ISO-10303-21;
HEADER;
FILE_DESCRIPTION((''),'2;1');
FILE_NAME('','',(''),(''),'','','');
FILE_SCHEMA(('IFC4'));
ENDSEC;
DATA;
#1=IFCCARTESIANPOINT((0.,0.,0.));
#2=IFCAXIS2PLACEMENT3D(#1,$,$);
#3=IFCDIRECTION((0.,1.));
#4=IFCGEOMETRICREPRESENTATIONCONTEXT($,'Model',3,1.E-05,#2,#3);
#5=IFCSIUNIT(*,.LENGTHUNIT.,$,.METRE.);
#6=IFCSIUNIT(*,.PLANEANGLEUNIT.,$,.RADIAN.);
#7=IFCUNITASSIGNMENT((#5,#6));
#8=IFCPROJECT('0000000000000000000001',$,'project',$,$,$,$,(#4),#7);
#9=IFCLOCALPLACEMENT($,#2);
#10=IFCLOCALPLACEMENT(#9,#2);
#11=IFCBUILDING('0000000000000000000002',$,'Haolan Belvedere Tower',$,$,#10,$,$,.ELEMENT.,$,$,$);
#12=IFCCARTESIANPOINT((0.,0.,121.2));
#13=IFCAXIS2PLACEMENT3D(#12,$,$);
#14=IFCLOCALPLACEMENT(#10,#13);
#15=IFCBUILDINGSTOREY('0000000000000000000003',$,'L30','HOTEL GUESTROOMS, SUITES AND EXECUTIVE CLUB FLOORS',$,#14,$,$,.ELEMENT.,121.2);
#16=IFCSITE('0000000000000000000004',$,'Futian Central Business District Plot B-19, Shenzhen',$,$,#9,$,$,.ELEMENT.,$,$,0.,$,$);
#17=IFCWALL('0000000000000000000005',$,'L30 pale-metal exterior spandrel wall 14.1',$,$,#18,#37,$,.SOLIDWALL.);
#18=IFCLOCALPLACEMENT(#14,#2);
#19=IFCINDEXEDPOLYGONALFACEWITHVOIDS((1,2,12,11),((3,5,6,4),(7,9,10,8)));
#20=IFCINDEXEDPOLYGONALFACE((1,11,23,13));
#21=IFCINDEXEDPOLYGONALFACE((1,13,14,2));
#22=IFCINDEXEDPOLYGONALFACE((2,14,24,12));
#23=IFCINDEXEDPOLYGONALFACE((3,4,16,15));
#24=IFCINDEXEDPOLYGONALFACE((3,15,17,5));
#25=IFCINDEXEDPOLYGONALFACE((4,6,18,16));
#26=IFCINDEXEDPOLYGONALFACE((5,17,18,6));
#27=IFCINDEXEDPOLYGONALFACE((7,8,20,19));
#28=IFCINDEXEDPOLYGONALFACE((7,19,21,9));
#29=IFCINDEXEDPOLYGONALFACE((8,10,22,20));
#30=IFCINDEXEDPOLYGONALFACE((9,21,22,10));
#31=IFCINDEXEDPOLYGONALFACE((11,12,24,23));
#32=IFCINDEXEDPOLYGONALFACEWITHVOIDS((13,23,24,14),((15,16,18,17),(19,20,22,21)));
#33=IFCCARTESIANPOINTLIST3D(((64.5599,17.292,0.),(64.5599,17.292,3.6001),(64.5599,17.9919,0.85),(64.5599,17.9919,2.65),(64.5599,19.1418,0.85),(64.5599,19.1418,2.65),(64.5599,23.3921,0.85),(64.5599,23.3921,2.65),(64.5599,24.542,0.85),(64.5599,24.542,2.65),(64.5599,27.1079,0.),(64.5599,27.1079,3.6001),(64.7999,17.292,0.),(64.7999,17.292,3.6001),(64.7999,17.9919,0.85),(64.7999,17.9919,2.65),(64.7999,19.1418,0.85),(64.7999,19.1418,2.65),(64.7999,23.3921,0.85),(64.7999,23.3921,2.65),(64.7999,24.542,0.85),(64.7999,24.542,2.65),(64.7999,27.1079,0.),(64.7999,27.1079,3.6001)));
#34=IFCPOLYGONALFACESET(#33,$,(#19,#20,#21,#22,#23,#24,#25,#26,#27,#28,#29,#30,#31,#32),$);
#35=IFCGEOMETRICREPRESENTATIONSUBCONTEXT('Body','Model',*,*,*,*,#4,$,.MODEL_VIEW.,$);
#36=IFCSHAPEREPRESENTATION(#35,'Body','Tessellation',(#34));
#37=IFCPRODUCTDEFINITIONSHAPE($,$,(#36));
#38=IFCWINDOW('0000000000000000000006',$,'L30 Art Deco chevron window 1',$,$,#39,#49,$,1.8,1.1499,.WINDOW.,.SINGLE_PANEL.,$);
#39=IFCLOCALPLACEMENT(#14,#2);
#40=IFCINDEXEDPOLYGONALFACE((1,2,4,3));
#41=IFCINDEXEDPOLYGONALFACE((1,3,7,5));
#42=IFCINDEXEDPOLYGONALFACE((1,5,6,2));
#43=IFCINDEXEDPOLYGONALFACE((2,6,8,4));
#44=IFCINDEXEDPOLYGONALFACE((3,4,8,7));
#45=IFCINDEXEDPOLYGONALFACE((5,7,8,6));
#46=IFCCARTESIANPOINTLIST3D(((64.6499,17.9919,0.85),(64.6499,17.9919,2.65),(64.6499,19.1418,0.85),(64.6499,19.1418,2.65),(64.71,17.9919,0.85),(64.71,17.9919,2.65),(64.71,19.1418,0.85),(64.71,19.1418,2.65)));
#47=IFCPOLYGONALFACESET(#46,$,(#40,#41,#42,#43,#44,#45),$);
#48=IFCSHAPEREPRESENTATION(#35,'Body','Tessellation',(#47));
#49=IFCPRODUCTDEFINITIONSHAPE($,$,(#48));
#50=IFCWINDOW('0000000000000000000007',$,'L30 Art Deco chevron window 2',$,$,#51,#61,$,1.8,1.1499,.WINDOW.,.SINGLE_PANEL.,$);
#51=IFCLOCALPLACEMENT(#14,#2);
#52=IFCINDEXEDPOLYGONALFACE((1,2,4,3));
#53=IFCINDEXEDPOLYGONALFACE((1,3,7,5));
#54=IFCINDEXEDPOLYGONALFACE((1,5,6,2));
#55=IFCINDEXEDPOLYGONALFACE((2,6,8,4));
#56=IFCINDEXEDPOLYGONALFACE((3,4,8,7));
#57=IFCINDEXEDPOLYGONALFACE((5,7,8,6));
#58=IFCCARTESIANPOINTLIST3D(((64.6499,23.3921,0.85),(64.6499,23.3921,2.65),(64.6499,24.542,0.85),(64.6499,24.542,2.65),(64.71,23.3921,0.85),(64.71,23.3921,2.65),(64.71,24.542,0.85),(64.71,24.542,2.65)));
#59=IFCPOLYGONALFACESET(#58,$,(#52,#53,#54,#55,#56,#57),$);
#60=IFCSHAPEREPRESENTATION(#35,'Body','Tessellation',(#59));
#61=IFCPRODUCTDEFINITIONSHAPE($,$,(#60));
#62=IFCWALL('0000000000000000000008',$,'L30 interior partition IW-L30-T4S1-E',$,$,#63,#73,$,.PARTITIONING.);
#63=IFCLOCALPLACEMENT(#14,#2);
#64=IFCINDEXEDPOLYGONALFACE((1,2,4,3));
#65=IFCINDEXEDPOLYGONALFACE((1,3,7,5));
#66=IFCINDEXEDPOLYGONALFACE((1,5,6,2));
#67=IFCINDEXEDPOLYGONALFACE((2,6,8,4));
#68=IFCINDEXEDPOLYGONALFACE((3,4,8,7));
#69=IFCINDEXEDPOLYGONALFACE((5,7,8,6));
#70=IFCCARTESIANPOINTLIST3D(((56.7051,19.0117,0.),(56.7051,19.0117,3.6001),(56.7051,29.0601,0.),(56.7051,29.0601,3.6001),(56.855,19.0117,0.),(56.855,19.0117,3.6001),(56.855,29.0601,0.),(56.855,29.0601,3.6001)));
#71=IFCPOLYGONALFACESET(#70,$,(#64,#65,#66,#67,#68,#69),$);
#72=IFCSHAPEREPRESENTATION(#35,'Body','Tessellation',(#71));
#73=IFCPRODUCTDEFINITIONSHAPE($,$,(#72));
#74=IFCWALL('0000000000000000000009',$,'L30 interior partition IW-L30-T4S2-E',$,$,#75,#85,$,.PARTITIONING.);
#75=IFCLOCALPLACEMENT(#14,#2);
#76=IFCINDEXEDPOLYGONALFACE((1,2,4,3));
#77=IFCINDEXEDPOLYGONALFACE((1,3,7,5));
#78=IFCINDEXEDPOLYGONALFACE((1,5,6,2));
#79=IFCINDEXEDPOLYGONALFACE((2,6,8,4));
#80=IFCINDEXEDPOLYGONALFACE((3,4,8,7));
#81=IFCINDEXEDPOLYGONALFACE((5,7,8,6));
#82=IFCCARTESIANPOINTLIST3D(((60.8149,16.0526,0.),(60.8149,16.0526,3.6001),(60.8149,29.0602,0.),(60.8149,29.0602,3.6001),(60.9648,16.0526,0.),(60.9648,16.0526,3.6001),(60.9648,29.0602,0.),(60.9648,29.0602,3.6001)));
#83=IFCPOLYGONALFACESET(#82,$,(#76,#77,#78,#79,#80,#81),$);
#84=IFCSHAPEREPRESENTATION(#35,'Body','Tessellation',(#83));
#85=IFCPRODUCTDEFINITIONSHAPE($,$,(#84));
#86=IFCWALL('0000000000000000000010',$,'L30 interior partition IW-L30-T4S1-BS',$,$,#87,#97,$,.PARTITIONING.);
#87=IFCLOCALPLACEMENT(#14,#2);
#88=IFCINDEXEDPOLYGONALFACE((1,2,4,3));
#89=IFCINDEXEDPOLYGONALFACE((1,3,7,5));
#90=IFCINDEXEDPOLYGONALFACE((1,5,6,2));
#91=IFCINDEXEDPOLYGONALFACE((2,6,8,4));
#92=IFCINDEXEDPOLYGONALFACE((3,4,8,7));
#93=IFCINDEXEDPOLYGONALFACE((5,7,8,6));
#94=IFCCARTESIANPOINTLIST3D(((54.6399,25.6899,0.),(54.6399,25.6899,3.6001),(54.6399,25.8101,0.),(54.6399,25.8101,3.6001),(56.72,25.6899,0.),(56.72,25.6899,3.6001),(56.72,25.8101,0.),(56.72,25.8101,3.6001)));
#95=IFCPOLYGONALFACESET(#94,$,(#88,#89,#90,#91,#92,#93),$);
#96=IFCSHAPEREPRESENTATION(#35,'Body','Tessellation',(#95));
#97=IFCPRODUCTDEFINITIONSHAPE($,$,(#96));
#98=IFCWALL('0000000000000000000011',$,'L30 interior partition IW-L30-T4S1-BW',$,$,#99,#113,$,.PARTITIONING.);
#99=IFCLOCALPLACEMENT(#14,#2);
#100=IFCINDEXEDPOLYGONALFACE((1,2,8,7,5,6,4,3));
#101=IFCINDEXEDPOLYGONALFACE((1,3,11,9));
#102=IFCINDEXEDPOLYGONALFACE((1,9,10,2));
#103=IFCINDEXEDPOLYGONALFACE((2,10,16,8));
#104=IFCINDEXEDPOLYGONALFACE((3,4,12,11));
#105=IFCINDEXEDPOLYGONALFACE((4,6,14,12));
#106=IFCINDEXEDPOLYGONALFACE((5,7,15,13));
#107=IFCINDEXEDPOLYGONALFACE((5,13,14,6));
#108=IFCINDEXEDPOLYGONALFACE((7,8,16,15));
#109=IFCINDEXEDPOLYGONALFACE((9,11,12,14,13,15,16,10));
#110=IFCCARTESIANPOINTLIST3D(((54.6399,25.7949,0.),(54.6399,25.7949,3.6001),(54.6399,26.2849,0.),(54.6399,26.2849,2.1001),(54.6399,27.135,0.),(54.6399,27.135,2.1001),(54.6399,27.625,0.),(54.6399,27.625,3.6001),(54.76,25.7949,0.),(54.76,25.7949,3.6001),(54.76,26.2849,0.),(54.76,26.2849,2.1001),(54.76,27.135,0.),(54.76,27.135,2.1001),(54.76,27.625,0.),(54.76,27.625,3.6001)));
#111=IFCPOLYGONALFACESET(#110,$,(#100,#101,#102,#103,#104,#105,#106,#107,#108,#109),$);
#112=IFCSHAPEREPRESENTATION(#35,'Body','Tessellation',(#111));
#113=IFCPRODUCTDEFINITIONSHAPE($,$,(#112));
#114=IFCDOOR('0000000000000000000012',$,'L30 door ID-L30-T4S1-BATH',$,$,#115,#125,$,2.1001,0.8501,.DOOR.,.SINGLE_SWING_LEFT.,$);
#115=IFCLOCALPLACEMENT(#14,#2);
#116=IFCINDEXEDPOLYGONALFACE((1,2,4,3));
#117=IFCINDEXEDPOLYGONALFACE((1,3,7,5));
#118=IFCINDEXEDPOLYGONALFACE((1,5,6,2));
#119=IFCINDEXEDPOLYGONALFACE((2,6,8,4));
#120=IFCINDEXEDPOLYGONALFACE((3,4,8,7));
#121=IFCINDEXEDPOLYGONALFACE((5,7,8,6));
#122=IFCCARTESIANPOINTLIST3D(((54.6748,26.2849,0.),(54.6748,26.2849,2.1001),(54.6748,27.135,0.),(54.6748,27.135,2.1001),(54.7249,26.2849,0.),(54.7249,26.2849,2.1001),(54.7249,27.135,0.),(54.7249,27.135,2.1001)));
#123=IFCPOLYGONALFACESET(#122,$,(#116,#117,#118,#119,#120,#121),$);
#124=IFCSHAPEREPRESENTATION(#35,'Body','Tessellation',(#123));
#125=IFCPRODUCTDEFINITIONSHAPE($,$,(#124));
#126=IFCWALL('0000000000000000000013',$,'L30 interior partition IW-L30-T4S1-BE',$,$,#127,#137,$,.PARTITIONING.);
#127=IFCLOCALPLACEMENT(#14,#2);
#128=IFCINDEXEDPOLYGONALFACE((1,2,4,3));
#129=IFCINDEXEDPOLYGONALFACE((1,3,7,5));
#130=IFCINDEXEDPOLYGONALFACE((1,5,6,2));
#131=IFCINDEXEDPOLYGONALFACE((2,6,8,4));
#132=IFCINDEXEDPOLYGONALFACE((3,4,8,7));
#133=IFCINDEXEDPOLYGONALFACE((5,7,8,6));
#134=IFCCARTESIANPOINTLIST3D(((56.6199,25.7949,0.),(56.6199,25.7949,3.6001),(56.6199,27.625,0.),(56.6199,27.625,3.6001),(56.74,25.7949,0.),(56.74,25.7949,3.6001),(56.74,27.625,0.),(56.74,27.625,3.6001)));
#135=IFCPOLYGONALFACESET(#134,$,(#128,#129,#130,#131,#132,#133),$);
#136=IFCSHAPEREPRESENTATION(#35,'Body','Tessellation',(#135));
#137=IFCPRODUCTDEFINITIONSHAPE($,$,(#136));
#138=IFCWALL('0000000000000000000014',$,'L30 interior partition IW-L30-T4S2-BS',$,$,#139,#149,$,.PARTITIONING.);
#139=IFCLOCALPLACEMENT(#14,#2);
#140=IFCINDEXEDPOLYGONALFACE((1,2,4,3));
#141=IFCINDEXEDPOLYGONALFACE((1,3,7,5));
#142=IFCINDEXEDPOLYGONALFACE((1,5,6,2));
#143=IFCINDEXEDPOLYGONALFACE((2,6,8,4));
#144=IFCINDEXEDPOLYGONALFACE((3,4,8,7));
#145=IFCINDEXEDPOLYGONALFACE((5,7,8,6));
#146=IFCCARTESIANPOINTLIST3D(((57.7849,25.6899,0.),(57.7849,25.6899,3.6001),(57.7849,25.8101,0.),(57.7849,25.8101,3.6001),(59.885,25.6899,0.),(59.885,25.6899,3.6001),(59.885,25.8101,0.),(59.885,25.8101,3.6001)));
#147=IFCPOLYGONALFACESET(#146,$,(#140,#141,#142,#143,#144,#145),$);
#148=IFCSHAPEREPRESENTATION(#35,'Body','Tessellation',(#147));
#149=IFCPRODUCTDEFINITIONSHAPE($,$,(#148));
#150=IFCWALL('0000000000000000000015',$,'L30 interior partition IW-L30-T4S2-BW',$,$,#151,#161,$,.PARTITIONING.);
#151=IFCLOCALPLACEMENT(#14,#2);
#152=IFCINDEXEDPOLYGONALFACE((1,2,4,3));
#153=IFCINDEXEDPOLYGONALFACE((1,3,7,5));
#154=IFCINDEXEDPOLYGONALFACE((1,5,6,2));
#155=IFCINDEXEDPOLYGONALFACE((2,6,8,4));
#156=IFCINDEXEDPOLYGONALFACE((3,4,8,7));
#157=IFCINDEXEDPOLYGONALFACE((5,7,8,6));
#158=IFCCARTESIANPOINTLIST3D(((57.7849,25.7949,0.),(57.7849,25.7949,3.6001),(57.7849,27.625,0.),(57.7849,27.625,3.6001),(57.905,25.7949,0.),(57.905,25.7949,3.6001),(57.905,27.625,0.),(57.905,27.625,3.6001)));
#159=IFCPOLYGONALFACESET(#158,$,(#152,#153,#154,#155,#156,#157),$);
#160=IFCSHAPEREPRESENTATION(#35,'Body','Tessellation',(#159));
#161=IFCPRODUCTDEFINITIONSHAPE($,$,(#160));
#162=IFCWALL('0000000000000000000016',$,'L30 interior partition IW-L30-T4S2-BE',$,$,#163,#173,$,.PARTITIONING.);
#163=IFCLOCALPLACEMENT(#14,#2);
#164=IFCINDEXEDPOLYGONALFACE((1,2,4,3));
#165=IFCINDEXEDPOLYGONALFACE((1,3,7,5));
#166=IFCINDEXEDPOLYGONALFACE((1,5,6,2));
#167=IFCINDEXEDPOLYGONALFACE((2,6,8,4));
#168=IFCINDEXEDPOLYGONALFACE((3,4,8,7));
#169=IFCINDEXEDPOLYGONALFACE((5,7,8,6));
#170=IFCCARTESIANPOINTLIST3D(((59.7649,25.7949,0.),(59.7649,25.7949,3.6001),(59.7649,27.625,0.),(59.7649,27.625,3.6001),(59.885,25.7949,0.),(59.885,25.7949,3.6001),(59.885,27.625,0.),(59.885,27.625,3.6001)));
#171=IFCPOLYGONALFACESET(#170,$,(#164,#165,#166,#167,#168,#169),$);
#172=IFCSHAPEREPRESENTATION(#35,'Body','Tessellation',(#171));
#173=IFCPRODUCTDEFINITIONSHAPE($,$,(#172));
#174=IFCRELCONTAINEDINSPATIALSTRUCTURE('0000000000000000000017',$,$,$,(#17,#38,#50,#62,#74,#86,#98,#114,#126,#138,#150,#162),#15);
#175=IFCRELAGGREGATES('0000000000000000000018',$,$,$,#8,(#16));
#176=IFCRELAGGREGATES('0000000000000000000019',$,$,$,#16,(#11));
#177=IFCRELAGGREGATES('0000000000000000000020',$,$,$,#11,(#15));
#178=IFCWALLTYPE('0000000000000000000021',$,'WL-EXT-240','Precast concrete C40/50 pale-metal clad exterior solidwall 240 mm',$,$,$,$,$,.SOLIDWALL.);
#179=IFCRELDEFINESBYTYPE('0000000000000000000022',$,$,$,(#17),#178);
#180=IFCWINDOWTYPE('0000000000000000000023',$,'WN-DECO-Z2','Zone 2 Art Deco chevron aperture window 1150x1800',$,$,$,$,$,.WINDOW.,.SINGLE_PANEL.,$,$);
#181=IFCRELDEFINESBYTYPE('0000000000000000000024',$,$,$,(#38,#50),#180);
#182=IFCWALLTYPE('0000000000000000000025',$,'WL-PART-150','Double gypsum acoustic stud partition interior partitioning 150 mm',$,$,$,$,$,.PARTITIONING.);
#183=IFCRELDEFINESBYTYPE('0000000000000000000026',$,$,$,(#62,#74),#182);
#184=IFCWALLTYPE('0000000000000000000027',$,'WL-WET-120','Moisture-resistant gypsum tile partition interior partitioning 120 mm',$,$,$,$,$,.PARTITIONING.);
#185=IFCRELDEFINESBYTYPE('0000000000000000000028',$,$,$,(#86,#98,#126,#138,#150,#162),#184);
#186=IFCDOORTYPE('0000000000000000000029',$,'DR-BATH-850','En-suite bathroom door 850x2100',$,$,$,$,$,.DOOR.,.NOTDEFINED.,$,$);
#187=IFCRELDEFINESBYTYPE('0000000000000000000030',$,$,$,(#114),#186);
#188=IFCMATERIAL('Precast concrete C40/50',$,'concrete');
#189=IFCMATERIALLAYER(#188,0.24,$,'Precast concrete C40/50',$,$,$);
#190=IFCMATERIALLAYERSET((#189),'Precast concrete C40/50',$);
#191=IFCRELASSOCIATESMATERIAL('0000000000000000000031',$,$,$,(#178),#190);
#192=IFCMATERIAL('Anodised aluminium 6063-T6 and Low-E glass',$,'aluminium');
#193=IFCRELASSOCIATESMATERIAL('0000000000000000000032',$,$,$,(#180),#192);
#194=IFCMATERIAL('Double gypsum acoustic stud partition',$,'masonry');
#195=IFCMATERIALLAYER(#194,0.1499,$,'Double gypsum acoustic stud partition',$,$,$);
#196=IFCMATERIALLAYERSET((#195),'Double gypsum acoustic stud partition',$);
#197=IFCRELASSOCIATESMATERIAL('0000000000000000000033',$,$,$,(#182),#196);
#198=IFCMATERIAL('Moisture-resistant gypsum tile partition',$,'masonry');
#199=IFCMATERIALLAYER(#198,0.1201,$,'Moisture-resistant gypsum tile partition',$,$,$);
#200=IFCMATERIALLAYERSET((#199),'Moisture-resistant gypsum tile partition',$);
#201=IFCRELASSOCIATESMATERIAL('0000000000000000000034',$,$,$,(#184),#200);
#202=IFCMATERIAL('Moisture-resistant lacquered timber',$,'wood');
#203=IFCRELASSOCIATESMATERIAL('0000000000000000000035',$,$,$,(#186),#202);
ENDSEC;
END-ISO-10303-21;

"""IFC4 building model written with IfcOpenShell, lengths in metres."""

from ifc_helpers import new_model, si_unit, direction, frame, frame_2d, origin, place, context, subcontext, project, spatial, rectangle, extrude, material, layer, layer_set, type_object, element, fill, save


model = new_model("IFC4")

# Units and contexts
model_context = context("Model", 3, precision=1e-05, world=origin(), true_north=direction((0.0, 1.0)))
body_context = subcontext(model_context, "Body", "Model", "MODEL_VIEW")
ifc_project = project(units=[si_unit("LENGTHUNIT", "METRE"), si_unit("PLANEANGLEUNIT", "RADIAN")], contexts=[model_context])

# Site, building, storey
site_placement = place(None, origin())
site = spatial("IfcSite", under=ifc_project, at=site_placement, Name="Futian Central Business District Plot B-19, Shenzhen", CompositionType="ELEMENT", RefElevation=0.0)
building_placement = place(site_placement, origin())
building = spatial("IfcBuilding", under=site, at=building_placement, Name="Haolan Belvedere Tower", CompositionType="ELEMENT")
storey_placement = place(building_placement, frame((0.0, 0.0, 121.2)))
storey = spatial("IfcBuildingStorey", under=building, at=storey_placement, Name="L30", Description="HOTEL GUESTROOMS, SUITES AND EXECUTIVE CLUB FLOORS", CompositionType="ELEMENT", Elevation=121.2)

# Shared definitions
ifc_material_1 = material(Name="Precast concrete C40/50", Category="concrete")
ifc_layer_1 = layer(ifc_material_1, 0.24, Name="Precast concrete C40/50")
ifc_layer_set_1 = layer_set([ifc_layer_1], Name="Precast concrete C40/50")
wall_type_1 = type_object("IfcWallType", Name="WL-EXT-240", Description="Precast concrete C40/50 pale-metal clad exterior solidwall 240 mm", PredefinedType="SOLIDWALL", material=ifc_layer_set_1)
ifc_material_2 = material(Name="Anodised aluminium 6063-T6 and Low-E glass", Category="aluminium")
window_type = type_object("IfcWindowType", Name="WN-DECO-Z2", Description="Zone 2 Art Deco chevron aperture window 1150x1800", PartitioningType="SINGLE_PANEL", PredefinedType="WINDOW", material=ifc_material_2)

# Wall, openings, windows
wall_1_placement = place(storey_placement, frame((64.6799, 17.292, 0.0), z_axis=(0.0, 0.0, 1.0), x_axis=(0.0, 1.0, 0.0)))
wall_1 = element("IfcWall", 1, at=wall_1_placement, inside=storey, type_object=wall_type_1, Name="L30 pale-metal exterior spandrel wall 14.1", PredefinedType="SOLIDWALL", context=body_context, shape_type="SweptSolid", body=[
    extrude(rectangle(XDim=9.8159, YDim=0.24, at=frame_2d((4.908, 0.0))), origin(), (0.0, 0.0, 1.0), 3.6001),
])
opening_1_placement = place(wall_1_placement, frame((0.7, 0.0, 0.8501)))
opening_1 = element("IfcOpeningElement", 2, at=opening_1_placement, cuts=wall_1, PredefinedType="OPENING", context=body_context, shape_type="SweptSolid", body=[
    extrude(rectangle(XDim=1.1499, YDim=1.8, at=frame_2d((0.575, 0.8999))), frame((0.0, 0.1299, 0.0), z_axis=(0.0, -1.0, 0.0), x_axis=(1.0, 0.0, 0.0)), (0.0, 0.0, 1.0), 0.26),
])
opening_2_placement = place(wall_1_placement, frame((6.1001, 0.0, 0.8501)))
opening_2 = element("IfcOpeningElement", 3, at=opening_2_placement, cuts=wall_1, PredefinedType="OPENING", context=body_context, shape_type="SweptSolid", body=[
    extrude(rectangle(XDim=1.1499, YDim=1.8, at=frame_2d((0.575, 0.8999))), frame((0.0, 0.1299, 0.0), z_axis=(0.0, -1.0, 0.0), x_axis=(1.0, 0.0, 0.0)), (0.0, 0.0, 1.0), 0.26),
])
window_1_placement = place(opening_1_placement, origin())
window_1 = element("IfcWindow", 4, at=window_1_placement, inside=storey, type_object=window_type, Name="L30 Art Deco chevron window 1", OverallHeight=1.8, OverallWidth=1.1499, PartitioningType="SINGLE_PANEL", PredefinedType="WINDOW", context=body_context, shape_type="SweptSolid", body=[
    extrude(rectangle(XDim=1.1499, YDim=1.8, at=frame_2d((0.575, 0.8999))), frame((0.0, 0.03, 0.0), z_axis=(0.0, -1.0, 0.0), x_axis=(1.0, 0.0, 0.0)), (0.0, 0.0, 1.0), 0.0601),
])
fill(opening_1, window_1)
window_2_placement = place(opening_2_placement, origin())
window_2 = element("IfcWindow", 5, at=window_2_placement, inside=storey, type_object=window_type, Name="L30 Art Deco chevron window 2", OverallHeight=1.8, OverallWidth=1.1499, PartitioningType="SINGLE_PANEL", PredefinedType="WINDOW", context=body_context, shape_type="SweptSolid", body=[
    extrude(rectangle(XDim=1.1499, YDim=1.8, at=frame_2d((0.575, 0.8999))), frame((0.0, 0.03, 0.0), z_axis=(0.0, -1.0, 0.0), x_axis=(1.0, 0.0, 0.0)), (0.0, 0.0, 1.0), 0.0601),
])
fill(opening_2, window_2)

# Walls
ifc_material_3 = material(Name="Double gypsum acoustic stud partition", Category="masonry")
ifc_layer_2 = layer(ifc_material_3, 0.1499, Name="Double gypsum acoustic stud partition")
ifc_layer_set_2 = layer_set([ifc_layer_2], Name="Double gypsum acoustic stud partition")
wall_type_2 = type_object("IfcWallType", Name="WL-PART-150", Description="Double gypsum acoustic stud partition interior partitioning 150 mm", PredefinedType="PARTITIONING", material=ifc_layer_set_2)
wall_2_placement = place(storey_placement, frame((56.78, 19.0117, 0.0), z_axis=(0.0, 0.0, 1.0), x_axis=(0.0, 1.0, 0.0)))
element("IfcWall", 6, at=wall_2_placement, inside=storey, type_object=wall_type_2, Name="L30 interior partition IW-L30-T4S1-E", PredefinedType="PARTITIONING", context=body_context, shape_type="SweptSolid", body=[
    extrude(rectangle(XDim=10.0483, YDim=0.1499, at=frame_2d((5.0242, 0.0))), origin(), (0.0, 0.0, 1.0), 3.6001),
])
wall_3_placement = place(storey_placement, frame((60.8899, 16.0525, 0.0), z_axis=(0.0, 0.0, 1.0), x_axis=(0.0, 1.0, 0.0)))
element("IfcWall", 7, at=wall_3_placement, inside=storey, type_object=wall_type_2, Name="L30 interior partition IW-L30-T4S2-E", PredefinedType="PARTITIONING", context=body_context, shape_type="SweptSolid", body=[
    extrude(rectangle(XDim=13.0076, YDim=0.1499, at=frame_2d((6.5039, 0.0))), origin(), (0.0, 0.0, 1.0), 3.6001),
])
ifc_material_4 = material(Name="Moisture-resistant gypsum tile partition", Category="masonry")
ifc_layer_3 = layer(ifc_material_4, 0.1201, Name="Moisture-resistant gypsum tile partition")
ifc_layer_set_3 = layer_set([ifc_layer_3], Name="Moisture-resistant gypsum tile partition")
wall_type_3 = type_object("IfcWallType", Name="WL-WET-120", Description="Moisture-resistant gypsum tile partition interior partitioning 120 mm", PredefinedType="PARTITIONING", material=ifc_layer_set_3)
wall_4_placement = place(storey_placement, frame((54.6399, 25.75, 0.0), z_axis=(0.0, 0.0, 1.0), x_axis=(1.0, 0.0, 0.0)))
element("IfcWall", 8, at=wall_4_placement, inside=storey, type_object=wall_type_3, Name="L30 interior partition IW-L30-T4S1-BS", PredefinedType="PARTITIONING", context=body_context, shape_type="SweptSolid", body=[
    extrude(rectangle(XDim=2.0801, YDim=0.1201, at=frame_2d((1.04, 0.0))), origin(), (0.0, 0.0, 1.0), 3.6001),
])

# Wall, opening, door
wall_5_placement = place(storey_placement, frame((54.7, 25.7949, 0.0), z_axis=(0.0, 0.0, 1.0), x_axis=(0.0, 1.0, 0.0)))
wall_5 = element("IfcWall", 9, at=wall_5_placement, inside=storey, type_object=wall_type_3, Name="L30 interior partition IW-L30-T4S1-BW", PredefinedType="PARTITIONING", context=body_context, shape_type="SweptSolid", body=[
    extrude(rectangle(XDim=1.8301, YDim=0.1201, at=frame_2d((0.915, 0.0))), origin(), (0.0, 0.0, 1.0), 3.6001),
])
opening_3_placement = place(wall_5_placement, frame((1.3401, 0.0, 0.0), z_axis=(0.0, 0.0, 1.0), x_axis=(-1.0, 0.0, 0.0)))
opening_3 = element("IfcOpeningElement", 10, at=opening_3_placement, cuts=wall_5, PredefinedType="OPENING", context=body_context, shape_type="SweptSolid", body=[
    extrude(rectangle(XDim=0.8501, YDim=2.1001, at=frame_2d((0.425, 1.05))), frame((0.0, 0.0701, 0.0), z_axis=(0.0, -1.0, 0.0), x_axis=(1.0, 0.0, 0.0)), (0.0, 0.0, 1.0), 0.1401),
])
ifc_material_5 = material(Name="Moisture-resistant lacquered timber", Category="wood")
door_type = type_object("IfcDoorType", Name="DR-BATH-850", Description="En-suite bathroom door 850x2100", OperationType="NOTDEFINED", PredefinedType="DOOR", material=ifc_material_5)
door_1_placement = place(opening_3_placement, origin())
door_1 = element("IfcDoor", 11, at=door_1_placement, inside=storey, type_object=door_type, Name="L30 door ID-L30-T4S1-BATH", OperationType="SINGLE_SWING_LEFT", OverallHeight=2.1001, OverallWidth=0.8501, PredefinedType="DOOR", context=body_context, shape_type="SweptSolid", body=[
    extrude(rectangle(XDim=0.8501, YDim=2.1001, at=frame_2d((0.425, 1.05))), frame((0.0, 0.0249, 0.0), z_axis=(0.0, -1.0, 0.0), x_axis=(1.0, 0.0, 0.0)), (0.0, 0.0, 1.0), 0.05),
])
fill(opening_3, door_1)

# Walls
wall_6_placement = place(storey_placement, frame((56.6799, 25.7949, 0.0), z_axis=(0.0, 0.0, 1.0), x_axis=(0.0, 1.0, 0.0)))
element("IfcWall", 12, at=wall_6_placement, inside=storey, type_object=wall_type_3, Name="L30 interior partition IW-L30-T4S1-BE", PredefinedType="PARTITIONING", context=body_context, shape_type="SweptSolid", body=[
    extrude(rectangle(XDim=1.8301, YDim=0.1201, at=frame_2d((0.915, 0.0))), origin(), (0.0, 0.0, 1.0), 3.6001),
])
wall_7_placement = place(storey_placement, frame((57.7849, 25.75, 0.0), z_axis=(0.0, 0.0, 1.0), x_axis=(1.0, 0.0, 0.0)))
element("IfcWall", 13, at=wall_7_placement, inside=storey, type_object=wall_type_3, Name="L30 interior partition IW-L30-T4S2-BS", PredefinedType="PARTITIONING", context=body_context, shape_type="SweptSolid", body=[
    extrude(rectangle(XDim=2.1001, YDim=0.1201, at=frame_2d((1.05, 0.0))), origin(), (0.0, 0.0, 1.0), 3.6001),
])
for number, where, z_axis, x_axis, name in (
    (14, (57.845, 25.7949, 0.0), (0.0, 0.0, 1.0), (0.0, 1.0, 0.0), "L30 interior partition IW-L30-T4S2-BW"),
    (15, (59.825, 25.7949, 0.0), (0.0, 0.0, 1.0), (0.0, 1.0, 0.0), "L30 interior partition IW-L30-T4S2-BE"),
):
    element("IfcWall", number, at=place(storey_placement, frame(where, z_axis=z_axis, x_axis=x_axis)), inside=storey, type_object=wall_type_3, Name=name, PredefinedType="PARTITIONING", context=body_context, shape_type="SweptSolid", body=[
        extrude(rectangle(XDim=1.8301, YDim=0.1201, at=frame_2d((0.915, 0.0))), origin(), (0.0, 0.0, 1.0), 3.6001),
    ])

save(model, "model.ifc")
